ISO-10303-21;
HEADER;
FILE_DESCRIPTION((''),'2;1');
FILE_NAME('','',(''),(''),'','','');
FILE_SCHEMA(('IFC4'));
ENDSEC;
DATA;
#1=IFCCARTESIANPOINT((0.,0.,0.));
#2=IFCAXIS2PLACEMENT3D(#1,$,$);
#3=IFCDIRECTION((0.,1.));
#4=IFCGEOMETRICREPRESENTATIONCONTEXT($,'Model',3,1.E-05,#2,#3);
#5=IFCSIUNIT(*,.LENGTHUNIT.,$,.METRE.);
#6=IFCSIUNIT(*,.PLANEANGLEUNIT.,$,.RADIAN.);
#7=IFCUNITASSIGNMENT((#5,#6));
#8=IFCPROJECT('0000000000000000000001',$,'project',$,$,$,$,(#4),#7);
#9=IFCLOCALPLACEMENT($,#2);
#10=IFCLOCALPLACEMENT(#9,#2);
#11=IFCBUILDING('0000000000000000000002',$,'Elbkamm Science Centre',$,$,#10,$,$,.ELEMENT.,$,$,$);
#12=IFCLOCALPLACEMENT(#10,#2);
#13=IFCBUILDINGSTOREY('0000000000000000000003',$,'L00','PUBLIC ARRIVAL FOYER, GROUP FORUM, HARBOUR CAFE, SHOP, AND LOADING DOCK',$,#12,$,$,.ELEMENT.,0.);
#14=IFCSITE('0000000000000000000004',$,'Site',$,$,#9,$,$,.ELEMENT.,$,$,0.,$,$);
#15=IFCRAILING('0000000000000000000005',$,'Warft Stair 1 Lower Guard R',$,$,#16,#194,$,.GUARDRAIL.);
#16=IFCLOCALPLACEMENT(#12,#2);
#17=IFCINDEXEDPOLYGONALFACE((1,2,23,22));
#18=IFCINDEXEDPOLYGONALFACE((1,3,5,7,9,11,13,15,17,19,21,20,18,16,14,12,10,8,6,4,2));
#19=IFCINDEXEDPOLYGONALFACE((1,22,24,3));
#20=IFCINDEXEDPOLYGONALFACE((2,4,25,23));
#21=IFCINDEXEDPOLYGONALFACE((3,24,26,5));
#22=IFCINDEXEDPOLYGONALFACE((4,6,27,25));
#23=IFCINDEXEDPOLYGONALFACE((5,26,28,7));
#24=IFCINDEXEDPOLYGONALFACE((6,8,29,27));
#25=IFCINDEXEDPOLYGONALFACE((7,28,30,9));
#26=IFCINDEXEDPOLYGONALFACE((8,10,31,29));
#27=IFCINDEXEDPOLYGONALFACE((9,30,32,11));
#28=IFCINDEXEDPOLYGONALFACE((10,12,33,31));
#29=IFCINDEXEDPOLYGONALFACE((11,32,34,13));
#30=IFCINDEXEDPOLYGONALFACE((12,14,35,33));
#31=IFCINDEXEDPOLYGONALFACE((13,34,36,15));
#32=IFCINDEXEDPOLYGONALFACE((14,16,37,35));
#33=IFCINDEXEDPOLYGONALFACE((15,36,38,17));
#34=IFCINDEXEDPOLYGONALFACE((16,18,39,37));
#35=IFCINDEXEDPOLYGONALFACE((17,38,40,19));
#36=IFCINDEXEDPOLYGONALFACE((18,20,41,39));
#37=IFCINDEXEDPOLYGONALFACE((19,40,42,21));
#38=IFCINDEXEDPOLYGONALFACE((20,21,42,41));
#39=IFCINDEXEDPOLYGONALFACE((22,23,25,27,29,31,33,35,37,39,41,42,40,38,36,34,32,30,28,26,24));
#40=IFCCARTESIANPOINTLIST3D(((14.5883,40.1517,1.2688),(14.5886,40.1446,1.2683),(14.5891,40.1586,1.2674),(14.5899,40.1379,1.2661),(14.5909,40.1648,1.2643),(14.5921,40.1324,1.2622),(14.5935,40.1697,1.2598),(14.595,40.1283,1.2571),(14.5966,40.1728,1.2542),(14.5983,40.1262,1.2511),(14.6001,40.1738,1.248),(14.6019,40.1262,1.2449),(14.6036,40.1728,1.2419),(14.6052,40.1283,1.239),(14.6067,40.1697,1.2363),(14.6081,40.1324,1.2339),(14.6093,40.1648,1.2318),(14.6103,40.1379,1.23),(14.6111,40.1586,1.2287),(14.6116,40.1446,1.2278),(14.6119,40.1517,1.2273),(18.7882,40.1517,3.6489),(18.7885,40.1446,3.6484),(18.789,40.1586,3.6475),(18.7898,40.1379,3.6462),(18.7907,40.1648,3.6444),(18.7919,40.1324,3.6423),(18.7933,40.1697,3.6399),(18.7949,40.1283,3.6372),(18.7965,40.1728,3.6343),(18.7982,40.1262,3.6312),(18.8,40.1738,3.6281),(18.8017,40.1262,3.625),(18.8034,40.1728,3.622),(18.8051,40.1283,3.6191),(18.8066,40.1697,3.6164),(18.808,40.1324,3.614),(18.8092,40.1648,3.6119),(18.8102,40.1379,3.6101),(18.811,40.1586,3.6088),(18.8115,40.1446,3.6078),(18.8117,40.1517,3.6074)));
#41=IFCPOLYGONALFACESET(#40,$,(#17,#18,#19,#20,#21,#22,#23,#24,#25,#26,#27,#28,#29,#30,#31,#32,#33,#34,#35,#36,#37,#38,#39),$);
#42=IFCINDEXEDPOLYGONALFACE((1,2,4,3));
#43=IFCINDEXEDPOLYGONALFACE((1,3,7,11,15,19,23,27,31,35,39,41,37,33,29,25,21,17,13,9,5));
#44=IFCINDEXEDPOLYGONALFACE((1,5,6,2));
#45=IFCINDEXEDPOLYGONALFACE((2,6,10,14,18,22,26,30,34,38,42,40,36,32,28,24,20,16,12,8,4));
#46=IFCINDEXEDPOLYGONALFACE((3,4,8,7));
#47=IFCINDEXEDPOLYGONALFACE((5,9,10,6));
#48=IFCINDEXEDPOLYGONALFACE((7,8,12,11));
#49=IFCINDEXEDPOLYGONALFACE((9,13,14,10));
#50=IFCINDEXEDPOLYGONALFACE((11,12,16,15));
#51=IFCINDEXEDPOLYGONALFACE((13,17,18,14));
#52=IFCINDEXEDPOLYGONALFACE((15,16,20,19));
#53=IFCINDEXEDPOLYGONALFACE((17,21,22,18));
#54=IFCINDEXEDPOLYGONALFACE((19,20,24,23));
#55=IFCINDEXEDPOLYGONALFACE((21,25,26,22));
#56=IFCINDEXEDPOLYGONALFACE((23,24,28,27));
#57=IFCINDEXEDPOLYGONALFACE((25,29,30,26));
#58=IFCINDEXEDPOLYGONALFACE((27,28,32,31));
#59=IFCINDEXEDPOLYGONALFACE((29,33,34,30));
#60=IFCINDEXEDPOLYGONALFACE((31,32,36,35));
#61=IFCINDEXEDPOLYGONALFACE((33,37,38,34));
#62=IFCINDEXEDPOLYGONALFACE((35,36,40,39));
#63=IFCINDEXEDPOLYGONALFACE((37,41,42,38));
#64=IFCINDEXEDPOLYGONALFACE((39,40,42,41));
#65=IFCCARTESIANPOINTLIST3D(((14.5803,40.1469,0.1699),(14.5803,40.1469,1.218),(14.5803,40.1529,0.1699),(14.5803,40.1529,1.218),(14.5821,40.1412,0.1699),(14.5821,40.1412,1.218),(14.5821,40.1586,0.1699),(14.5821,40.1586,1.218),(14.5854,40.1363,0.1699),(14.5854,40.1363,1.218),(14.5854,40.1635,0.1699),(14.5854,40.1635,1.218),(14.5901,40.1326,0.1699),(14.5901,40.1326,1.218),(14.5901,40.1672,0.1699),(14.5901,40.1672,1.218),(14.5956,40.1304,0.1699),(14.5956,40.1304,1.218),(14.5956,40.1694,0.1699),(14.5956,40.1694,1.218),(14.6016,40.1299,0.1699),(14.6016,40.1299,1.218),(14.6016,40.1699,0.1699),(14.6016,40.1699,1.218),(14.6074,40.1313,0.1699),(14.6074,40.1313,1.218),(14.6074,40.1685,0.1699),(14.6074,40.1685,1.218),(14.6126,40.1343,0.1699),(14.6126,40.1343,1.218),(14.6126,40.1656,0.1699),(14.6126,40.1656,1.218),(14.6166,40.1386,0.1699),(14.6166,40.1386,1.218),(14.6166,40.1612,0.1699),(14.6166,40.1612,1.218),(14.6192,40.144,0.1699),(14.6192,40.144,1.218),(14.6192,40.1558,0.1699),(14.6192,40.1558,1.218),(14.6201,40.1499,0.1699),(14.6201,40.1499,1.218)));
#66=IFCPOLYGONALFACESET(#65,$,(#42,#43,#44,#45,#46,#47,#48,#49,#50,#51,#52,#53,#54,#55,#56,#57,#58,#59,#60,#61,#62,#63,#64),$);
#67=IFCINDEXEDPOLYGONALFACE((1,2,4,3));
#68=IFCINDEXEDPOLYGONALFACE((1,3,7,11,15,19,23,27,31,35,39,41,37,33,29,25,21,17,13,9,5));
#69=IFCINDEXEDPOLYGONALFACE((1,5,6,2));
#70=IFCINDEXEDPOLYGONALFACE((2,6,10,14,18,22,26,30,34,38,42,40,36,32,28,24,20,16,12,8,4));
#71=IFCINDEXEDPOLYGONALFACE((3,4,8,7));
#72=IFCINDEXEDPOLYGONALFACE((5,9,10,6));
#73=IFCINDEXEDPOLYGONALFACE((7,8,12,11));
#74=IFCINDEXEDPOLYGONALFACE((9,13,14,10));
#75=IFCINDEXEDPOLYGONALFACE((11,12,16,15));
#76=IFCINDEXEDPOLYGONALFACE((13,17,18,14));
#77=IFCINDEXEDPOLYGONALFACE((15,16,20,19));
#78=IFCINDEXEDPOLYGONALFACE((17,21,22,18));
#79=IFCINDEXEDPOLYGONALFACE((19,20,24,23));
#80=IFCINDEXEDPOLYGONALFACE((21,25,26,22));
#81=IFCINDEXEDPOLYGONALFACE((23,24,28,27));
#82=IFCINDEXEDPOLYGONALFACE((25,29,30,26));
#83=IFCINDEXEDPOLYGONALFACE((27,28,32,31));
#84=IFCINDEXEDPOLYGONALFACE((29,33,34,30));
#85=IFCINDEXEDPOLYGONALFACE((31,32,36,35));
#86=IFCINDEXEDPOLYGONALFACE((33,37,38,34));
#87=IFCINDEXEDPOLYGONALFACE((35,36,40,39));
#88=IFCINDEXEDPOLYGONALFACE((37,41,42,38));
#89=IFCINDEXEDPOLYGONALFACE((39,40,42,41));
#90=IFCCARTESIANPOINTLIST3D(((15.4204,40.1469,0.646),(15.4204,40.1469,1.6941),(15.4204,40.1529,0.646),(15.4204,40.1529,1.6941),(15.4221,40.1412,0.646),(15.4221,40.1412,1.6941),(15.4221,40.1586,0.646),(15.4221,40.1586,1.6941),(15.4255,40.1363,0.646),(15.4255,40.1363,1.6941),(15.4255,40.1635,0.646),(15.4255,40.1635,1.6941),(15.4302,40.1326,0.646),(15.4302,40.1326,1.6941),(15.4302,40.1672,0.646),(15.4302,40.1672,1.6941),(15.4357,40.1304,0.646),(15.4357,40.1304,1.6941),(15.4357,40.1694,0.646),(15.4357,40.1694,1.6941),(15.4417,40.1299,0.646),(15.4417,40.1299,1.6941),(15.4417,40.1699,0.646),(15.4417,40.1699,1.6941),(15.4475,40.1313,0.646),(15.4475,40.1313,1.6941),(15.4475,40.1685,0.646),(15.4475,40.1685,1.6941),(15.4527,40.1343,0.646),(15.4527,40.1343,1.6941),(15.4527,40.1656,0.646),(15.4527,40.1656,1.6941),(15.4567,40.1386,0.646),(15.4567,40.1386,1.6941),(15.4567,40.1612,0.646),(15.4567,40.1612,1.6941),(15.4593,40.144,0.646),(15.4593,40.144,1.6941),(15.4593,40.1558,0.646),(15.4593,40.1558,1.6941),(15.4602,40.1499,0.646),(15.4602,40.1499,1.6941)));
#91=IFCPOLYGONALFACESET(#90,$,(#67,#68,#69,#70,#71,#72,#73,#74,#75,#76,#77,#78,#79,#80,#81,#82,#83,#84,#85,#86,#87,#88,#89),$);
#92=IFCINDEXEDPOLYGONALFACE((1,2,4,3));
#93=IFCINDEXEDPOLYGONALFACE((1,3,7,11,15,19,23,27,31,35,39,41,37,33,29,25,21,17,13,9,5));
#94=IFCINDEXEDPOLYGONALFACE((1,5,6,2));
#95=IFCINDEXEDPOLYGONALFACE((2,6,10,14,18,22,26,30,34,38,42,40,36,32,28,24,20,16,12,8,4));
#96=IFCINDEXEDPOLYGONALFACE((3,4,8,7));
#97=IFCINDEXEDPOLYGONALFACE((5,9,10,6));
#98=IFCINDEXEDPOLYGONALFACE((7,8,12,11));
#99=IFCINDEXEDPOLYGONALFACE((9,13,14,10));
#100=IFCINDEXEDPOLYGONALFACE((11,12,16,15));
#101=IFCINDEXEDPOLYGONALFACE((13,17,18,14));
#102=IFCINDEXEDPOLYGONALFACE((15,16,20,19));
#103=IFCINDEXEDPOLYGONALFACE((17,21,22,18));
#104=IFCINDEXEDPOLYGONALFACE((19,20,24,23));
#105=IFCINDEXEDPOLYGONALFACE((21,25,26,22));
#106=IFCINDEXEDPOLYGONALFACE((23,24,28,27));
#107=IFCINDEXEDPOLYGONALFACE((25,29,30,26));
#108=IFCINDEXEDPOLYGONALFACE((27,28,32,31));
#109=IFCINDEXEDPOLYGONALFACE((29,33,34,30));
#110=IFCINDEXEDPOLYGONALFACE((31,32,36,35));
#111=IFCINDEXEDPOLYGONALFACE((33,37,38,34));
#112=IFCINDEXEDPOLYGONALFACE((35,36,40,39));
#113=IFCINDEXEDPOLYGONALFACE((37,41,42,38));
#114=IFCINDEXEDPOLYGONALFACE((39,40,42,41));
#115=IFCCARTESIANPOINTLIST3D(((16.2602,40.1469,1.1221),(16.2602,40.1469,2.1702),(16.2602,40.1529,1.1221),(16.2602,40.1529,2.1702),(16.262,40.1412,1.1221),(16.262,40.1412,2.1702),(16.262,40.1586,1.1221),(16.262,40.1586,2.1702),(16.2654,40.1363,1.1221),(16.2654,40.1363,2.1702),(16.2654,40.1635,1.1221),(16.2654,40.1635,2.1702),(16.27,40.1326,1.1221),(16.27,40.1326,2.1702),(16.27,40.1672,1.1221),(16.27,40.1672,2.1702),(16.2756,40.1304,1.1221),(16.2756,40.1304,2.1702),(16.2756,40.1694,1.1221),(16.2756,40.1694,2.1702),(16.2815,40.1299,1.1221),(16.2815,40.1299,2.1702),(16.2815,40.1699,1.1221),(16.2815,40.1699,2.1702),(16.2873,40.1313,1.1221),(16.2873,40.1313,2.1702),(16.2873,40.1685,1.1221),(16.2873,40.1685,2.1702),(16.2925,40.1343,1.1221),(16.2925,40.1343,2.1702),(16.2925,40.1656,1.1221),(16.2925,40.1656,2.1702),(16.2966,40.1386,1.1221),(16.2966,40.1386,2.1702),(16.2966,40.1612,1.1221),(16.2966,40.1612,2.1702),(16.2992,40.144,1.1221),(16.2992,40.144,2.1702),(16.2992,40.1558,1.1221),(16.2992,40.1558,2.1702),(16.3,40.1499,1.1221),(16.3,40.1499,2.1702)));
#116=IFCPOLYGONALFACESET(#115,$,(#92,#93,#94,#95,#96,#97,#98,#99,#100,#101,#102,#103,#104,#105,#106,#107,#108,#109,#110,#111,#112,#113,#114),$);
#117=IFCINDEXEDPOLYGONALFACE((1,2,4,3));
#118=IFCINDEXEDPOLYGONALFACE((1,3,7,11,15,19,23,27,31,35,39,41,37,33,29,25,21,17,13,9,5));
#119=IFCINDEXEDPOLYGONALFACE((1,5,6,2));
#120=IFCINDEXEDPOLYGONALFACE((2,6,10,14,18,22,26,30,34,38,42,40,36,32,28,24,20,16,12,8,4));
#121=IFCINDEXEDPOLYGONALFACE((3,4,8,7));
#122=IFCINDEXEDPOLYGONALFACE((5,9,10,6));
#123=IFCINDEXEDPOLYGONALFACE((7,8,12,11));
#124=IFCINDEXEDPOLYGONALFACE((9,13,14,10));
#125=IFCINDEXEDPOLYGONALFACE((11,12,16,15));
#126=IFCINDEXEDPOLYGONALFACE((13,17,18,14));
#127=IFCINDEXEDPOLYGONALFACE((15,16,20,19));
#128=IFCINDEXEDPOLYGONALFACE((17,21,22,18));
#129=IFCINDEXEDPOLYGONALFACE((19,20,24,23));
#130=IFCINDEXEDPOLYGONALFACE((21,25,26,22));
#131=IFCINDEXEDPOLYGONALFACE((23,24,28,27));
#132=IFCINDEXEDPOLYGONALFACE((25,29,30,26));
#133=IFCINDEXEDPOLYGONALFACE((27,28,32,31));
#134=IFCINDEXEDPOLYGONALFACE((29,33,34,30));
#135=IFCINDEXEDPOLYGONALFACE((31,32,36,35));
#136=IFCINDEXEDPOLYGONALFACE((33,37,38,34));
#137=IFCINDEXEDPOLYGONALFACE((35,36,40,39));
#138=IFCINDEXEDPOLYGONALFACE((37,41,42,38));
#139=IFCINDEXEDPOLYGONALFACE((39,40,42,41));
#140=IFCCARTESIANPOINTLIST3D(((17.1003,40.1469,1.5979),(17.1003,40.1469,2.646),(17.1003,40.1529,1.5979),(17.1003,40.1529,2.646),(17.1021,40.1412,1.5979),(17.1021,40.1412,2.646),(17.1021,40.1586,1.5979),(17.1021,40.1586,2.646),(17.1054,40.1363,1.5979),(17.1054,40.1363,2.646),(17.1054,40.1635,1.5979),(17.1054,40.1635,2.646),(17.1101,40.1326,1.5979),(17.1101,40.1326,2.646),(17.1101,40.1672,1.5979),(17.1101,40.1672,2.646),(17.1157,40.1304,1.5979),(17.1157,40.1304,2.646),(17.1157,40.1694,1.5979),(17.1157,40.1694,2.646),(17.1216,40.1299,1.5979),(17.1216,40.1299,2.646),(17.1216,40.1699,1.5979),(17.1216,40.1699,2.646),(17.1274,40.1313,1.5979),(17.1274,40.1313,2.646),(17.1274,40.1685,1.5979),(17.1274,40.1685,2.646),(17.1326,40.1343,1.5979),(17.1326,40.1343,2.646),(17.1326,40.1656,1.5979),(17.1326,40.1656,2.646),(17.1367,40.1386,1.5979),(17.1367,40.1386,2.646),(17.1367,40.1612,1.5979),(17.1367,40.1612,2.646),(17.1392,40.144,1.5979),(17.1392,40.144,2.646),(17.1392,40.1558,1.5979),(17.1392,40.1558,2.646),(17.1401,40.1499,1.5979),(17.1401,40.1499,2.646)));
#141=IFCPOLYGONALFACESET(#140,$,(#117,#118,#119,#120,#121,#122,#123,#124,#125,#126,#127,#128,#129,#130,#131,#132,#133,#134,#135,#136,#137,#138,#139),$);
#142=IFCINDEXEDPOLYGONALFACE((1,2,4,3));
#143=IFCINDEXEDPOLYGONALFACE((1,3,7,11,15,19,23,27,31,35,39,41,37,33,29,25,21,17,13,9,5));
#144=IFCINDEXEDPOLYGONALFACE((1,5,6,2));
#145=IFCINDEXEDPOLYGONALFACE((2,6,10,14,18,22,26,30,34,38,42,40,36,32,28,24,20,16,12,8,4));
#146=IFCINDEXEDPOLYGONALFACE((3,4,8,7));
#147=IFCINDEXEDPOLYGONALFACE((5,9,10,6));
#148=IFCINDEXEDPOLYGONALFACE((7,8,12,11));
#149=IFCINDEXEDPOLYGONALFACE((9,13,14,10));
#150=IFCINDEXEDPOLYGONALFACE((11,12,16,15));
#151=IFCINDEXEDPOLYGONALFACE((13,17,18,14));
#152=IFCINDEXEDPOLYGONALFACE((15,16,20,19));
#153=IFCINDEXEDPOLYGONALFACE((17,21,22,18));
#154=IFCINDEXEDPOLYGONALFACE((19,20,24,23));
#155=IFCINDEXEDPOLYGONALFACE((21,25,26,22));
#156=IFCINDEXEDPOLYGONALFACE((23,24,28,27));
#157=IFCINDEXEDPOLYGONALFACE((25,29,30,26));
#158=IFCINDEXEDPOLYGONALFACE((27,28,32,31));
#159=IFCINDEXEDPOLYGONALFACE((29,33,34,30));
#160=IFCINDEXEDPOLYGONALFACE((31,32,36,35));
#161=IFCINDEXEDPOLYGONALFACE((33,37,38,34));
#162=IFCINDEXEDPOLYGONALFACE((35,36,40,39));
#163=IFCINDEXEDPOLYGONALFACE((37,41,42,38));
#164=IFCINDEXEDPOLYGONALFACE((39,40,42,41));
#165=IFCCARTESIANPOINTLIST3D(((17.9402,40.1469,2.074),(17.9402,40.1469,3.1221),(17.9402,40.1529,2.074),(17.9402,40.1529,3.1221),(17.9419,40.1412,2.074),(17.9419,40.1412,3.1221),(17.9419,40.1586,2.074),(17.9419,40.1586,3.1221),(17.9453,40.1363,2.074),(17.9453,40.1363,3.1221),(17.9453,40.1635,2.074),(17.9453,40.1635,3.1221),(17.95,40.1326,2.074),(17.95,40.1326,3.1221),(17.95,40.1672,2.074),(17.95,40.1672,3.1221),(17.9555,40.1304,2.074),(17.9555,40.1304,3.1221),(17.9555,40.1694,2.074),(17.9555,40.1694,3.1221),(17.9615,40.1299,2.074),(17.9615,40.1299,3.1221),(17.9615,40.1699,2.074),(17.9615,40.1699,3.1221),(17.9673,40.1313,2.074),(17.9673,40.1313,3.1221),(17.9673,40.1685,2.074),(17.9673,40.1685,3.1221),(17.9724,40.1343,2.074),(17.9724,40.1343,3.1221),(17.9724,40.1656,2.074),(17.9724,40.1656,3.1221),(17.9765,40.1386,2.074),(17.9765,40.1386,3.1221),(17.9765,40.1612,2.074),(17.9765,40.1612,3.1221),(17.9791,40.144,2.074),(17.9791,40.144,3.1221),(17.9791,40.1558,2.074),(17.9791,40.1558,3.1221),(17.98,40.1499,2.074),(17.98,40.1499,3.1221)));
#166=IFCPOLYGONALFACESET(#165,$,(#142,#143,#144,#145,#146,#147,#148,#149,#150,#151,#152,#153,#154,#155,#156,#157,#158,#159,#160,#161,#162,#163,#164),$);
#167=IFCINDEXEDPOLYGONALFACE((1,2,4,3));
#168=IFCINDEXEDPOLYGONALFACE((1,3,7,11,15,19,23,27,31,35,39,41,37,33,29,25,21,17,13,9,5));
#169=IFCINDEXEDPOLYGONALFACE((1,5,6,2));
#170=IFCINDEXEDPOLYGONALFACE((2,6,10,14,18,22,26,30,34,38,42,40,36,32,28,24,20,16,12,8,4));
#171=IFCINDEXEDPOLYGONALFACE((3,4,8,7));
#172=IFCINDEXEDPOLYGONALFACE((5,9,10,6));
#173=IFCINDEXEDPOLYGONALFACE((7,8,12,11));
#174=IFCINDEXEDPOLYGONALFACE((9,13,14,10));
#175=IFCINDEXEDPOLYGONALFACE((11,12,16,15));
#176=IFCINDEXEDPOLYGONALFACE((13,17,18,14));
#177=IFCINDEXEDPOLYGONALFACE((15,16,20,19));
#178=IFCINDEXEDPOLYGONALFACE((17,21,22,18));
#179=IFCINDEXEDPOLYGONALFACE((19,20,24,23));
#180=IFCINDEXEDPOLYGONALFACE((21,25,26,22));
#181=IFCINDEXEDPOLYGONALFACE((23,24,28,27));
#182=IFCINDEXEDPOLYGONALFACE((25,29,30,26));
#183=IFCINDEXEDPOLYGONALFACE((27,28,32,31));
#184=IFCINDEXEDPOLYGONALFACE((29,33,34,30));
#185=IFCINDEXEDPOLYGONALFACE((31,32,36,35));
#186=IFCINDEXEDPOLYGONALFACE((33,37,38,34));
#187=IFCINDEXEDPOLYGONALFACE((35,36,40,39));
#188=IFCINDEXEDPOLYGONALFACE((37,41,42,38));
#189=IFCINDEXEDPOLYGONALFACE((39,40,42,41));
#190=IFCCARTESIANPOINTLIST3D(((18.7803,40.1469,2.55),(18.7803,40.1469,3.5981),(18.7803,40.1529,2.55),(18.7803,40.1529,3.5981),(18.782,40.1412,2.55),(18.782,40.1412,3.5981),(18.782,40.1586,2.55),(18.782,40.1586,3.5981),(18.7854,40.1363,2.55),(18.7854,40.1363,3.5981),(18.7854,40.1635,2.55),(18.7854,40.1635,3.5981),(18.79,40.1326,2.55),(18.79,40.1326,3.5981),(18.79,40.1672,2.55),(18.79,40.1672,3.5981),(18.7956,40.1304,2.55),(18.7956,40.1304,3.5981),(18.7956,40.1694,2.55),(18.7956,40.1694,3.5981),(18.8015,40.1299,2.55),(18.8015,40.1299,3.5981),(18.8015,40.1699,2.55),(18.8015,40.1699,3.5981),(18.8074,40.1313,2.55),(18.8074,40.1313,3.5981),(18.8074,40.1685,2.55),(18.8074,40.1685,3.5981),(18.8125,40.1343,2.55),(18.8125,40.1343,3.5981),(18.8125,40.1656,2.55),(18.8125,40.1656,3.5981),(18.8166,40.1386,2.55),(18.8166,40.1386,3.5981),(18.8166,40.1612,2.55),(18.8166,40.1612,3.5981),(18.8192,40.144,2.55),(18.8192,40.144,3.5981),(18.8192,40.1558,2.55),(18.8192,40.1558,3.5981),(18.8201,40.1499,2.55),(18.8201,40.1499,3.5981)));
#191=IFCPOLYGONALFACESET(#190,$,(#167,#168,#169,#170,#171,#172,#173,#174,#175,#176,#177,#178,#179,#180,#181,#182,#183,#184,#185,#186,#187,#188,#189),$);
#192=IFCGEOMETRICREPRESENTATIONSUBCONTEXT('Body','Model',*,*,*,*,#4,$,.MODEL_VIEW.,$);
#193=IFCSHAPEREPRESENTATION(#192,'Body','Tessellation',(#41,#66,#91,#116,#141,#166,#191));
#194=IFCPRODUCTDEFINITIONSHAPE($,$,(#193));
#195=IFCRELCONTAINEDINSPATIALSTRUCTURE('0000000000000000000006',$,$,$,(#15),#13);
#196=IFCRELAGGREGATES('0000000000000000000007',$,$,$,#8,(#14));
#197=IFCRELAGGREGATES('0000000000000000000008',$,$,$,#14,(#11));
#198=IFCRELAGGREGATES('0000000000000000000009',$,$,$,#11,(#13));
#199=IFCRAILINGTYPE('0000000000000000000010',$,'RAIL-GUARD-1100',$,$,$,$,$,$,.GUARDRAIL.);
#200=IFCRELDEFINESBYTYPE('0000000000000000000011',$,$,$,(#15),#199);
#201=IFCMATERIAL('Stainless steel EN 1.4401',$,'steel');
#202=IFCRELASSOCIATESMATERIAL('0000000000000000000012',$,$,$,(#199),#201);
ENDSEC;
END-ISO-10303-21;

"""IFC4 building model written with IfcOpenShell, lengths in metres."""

from ifc_helpers import new_model, si_unit, direction, frame, origin, origin_2d, place, context, subcontext, project, spatial, circle, extrude, material, type_object, element, save


model = new_model("IFC4")

# Units and contexts
model_context = context("Model", 3, precision=1e-05, world=origin(), true_north=direction((0.0, 1.0)))
body_context = subcontext(model_context, "Body", "Model", "MODEL_VIEW")
ifc_project = project(units=[si_unit("LENGTHUNIT", "METRE"), si_unit("PLANEANGLEUNIT", "RADIAN")], contexts=[model_context])

# Site, building, storey
site_placement = place(None, origin())
site = spatial("IfcSite", under=ifc_project, at=site_placement, Name="Site", CompositionType="ELEMENT", RefElevation=0.0)
building_placement = place(site_placement, origin())
building = spatial("IfcBuilding", under=site, at=building_placement, Name="Elbkamm Science Centre", CompositionType="ELEMENT")
storey_placement = place(building_placement, origin())
storey = spatial("IfcBuildingStorey", under=building, at=storey_placement, Name="L00", Description="PUBLIC ARRIVAL FOYER, GROUP FORUM, HARBOUR CAFE, SHOP, AND LOADING DOCK", CompositionType="ELEMENT", Elevation=0.0)

# Railing
ifc_material_1 = material(Name="Stainless steel EN 1.4401", Category="steel")
railing_type_1 = type_object("IfcRailingType", Name="RAIL-GUARD-1100", PredefinedType="GUARDRAIL", material=ifc_material_1)
railing_1_placement = place(storey_placement, frame((14.6001, 40.1499, 0.1699)))
element("IfcRailing", 1, at=railing_1_placement, inside=storey, type_object=railing_type_1, Name="Warft Stair 1 Lower Guard R", PredefinedType="GUARDRAIL", context=body_context, shape_type="SweptSolid", body=[
    extrude(circle(Radius=0.0239, at=origin_2d()), frame((0.0, 0.0, 1.0781), z_axis=(0.870008, 0.0, 0.493037), x_axis=(0.0, 1.0, 0.0)), (0.0, 0.0, 1.0), 4.8274),
    extrude(circle(Radius=0.02, at=origin_2d()), origin(), (0.0, 0.0, 1.0), 1.0481),
    extrude(circle(Radius=0.02, at=origin_2d()), frame((0.8401, 0.0, 0.4761)), (0.0, 0.0, 1.0), 1.0481),
    extrude(circle(Radius=0.02, at=origin_2d()), frame((1.6799, 0.0, 0.9521)), (0.0, 0.0, 1.0), 1.0481),
    extrude(circle(Radius=0.02, at=origin_2d()), frame((2.52, 0.0, 1.428)), (0.0, 0.0, 1.0), 1.0481),
    extrude(circle(Radius=0.02, at=origin_2d()), frame((3.3599, 0.0, 1.9041)), (0.0, 0.0, 1.0), 1.0481),
    extrude(circle(Radius=0.02, at=origin_2d()), frame((4.2, 0.0, 2.3801)), (0.0, 0.0, 1.0), 1.0481),
])

save(model, "model.ifc")
